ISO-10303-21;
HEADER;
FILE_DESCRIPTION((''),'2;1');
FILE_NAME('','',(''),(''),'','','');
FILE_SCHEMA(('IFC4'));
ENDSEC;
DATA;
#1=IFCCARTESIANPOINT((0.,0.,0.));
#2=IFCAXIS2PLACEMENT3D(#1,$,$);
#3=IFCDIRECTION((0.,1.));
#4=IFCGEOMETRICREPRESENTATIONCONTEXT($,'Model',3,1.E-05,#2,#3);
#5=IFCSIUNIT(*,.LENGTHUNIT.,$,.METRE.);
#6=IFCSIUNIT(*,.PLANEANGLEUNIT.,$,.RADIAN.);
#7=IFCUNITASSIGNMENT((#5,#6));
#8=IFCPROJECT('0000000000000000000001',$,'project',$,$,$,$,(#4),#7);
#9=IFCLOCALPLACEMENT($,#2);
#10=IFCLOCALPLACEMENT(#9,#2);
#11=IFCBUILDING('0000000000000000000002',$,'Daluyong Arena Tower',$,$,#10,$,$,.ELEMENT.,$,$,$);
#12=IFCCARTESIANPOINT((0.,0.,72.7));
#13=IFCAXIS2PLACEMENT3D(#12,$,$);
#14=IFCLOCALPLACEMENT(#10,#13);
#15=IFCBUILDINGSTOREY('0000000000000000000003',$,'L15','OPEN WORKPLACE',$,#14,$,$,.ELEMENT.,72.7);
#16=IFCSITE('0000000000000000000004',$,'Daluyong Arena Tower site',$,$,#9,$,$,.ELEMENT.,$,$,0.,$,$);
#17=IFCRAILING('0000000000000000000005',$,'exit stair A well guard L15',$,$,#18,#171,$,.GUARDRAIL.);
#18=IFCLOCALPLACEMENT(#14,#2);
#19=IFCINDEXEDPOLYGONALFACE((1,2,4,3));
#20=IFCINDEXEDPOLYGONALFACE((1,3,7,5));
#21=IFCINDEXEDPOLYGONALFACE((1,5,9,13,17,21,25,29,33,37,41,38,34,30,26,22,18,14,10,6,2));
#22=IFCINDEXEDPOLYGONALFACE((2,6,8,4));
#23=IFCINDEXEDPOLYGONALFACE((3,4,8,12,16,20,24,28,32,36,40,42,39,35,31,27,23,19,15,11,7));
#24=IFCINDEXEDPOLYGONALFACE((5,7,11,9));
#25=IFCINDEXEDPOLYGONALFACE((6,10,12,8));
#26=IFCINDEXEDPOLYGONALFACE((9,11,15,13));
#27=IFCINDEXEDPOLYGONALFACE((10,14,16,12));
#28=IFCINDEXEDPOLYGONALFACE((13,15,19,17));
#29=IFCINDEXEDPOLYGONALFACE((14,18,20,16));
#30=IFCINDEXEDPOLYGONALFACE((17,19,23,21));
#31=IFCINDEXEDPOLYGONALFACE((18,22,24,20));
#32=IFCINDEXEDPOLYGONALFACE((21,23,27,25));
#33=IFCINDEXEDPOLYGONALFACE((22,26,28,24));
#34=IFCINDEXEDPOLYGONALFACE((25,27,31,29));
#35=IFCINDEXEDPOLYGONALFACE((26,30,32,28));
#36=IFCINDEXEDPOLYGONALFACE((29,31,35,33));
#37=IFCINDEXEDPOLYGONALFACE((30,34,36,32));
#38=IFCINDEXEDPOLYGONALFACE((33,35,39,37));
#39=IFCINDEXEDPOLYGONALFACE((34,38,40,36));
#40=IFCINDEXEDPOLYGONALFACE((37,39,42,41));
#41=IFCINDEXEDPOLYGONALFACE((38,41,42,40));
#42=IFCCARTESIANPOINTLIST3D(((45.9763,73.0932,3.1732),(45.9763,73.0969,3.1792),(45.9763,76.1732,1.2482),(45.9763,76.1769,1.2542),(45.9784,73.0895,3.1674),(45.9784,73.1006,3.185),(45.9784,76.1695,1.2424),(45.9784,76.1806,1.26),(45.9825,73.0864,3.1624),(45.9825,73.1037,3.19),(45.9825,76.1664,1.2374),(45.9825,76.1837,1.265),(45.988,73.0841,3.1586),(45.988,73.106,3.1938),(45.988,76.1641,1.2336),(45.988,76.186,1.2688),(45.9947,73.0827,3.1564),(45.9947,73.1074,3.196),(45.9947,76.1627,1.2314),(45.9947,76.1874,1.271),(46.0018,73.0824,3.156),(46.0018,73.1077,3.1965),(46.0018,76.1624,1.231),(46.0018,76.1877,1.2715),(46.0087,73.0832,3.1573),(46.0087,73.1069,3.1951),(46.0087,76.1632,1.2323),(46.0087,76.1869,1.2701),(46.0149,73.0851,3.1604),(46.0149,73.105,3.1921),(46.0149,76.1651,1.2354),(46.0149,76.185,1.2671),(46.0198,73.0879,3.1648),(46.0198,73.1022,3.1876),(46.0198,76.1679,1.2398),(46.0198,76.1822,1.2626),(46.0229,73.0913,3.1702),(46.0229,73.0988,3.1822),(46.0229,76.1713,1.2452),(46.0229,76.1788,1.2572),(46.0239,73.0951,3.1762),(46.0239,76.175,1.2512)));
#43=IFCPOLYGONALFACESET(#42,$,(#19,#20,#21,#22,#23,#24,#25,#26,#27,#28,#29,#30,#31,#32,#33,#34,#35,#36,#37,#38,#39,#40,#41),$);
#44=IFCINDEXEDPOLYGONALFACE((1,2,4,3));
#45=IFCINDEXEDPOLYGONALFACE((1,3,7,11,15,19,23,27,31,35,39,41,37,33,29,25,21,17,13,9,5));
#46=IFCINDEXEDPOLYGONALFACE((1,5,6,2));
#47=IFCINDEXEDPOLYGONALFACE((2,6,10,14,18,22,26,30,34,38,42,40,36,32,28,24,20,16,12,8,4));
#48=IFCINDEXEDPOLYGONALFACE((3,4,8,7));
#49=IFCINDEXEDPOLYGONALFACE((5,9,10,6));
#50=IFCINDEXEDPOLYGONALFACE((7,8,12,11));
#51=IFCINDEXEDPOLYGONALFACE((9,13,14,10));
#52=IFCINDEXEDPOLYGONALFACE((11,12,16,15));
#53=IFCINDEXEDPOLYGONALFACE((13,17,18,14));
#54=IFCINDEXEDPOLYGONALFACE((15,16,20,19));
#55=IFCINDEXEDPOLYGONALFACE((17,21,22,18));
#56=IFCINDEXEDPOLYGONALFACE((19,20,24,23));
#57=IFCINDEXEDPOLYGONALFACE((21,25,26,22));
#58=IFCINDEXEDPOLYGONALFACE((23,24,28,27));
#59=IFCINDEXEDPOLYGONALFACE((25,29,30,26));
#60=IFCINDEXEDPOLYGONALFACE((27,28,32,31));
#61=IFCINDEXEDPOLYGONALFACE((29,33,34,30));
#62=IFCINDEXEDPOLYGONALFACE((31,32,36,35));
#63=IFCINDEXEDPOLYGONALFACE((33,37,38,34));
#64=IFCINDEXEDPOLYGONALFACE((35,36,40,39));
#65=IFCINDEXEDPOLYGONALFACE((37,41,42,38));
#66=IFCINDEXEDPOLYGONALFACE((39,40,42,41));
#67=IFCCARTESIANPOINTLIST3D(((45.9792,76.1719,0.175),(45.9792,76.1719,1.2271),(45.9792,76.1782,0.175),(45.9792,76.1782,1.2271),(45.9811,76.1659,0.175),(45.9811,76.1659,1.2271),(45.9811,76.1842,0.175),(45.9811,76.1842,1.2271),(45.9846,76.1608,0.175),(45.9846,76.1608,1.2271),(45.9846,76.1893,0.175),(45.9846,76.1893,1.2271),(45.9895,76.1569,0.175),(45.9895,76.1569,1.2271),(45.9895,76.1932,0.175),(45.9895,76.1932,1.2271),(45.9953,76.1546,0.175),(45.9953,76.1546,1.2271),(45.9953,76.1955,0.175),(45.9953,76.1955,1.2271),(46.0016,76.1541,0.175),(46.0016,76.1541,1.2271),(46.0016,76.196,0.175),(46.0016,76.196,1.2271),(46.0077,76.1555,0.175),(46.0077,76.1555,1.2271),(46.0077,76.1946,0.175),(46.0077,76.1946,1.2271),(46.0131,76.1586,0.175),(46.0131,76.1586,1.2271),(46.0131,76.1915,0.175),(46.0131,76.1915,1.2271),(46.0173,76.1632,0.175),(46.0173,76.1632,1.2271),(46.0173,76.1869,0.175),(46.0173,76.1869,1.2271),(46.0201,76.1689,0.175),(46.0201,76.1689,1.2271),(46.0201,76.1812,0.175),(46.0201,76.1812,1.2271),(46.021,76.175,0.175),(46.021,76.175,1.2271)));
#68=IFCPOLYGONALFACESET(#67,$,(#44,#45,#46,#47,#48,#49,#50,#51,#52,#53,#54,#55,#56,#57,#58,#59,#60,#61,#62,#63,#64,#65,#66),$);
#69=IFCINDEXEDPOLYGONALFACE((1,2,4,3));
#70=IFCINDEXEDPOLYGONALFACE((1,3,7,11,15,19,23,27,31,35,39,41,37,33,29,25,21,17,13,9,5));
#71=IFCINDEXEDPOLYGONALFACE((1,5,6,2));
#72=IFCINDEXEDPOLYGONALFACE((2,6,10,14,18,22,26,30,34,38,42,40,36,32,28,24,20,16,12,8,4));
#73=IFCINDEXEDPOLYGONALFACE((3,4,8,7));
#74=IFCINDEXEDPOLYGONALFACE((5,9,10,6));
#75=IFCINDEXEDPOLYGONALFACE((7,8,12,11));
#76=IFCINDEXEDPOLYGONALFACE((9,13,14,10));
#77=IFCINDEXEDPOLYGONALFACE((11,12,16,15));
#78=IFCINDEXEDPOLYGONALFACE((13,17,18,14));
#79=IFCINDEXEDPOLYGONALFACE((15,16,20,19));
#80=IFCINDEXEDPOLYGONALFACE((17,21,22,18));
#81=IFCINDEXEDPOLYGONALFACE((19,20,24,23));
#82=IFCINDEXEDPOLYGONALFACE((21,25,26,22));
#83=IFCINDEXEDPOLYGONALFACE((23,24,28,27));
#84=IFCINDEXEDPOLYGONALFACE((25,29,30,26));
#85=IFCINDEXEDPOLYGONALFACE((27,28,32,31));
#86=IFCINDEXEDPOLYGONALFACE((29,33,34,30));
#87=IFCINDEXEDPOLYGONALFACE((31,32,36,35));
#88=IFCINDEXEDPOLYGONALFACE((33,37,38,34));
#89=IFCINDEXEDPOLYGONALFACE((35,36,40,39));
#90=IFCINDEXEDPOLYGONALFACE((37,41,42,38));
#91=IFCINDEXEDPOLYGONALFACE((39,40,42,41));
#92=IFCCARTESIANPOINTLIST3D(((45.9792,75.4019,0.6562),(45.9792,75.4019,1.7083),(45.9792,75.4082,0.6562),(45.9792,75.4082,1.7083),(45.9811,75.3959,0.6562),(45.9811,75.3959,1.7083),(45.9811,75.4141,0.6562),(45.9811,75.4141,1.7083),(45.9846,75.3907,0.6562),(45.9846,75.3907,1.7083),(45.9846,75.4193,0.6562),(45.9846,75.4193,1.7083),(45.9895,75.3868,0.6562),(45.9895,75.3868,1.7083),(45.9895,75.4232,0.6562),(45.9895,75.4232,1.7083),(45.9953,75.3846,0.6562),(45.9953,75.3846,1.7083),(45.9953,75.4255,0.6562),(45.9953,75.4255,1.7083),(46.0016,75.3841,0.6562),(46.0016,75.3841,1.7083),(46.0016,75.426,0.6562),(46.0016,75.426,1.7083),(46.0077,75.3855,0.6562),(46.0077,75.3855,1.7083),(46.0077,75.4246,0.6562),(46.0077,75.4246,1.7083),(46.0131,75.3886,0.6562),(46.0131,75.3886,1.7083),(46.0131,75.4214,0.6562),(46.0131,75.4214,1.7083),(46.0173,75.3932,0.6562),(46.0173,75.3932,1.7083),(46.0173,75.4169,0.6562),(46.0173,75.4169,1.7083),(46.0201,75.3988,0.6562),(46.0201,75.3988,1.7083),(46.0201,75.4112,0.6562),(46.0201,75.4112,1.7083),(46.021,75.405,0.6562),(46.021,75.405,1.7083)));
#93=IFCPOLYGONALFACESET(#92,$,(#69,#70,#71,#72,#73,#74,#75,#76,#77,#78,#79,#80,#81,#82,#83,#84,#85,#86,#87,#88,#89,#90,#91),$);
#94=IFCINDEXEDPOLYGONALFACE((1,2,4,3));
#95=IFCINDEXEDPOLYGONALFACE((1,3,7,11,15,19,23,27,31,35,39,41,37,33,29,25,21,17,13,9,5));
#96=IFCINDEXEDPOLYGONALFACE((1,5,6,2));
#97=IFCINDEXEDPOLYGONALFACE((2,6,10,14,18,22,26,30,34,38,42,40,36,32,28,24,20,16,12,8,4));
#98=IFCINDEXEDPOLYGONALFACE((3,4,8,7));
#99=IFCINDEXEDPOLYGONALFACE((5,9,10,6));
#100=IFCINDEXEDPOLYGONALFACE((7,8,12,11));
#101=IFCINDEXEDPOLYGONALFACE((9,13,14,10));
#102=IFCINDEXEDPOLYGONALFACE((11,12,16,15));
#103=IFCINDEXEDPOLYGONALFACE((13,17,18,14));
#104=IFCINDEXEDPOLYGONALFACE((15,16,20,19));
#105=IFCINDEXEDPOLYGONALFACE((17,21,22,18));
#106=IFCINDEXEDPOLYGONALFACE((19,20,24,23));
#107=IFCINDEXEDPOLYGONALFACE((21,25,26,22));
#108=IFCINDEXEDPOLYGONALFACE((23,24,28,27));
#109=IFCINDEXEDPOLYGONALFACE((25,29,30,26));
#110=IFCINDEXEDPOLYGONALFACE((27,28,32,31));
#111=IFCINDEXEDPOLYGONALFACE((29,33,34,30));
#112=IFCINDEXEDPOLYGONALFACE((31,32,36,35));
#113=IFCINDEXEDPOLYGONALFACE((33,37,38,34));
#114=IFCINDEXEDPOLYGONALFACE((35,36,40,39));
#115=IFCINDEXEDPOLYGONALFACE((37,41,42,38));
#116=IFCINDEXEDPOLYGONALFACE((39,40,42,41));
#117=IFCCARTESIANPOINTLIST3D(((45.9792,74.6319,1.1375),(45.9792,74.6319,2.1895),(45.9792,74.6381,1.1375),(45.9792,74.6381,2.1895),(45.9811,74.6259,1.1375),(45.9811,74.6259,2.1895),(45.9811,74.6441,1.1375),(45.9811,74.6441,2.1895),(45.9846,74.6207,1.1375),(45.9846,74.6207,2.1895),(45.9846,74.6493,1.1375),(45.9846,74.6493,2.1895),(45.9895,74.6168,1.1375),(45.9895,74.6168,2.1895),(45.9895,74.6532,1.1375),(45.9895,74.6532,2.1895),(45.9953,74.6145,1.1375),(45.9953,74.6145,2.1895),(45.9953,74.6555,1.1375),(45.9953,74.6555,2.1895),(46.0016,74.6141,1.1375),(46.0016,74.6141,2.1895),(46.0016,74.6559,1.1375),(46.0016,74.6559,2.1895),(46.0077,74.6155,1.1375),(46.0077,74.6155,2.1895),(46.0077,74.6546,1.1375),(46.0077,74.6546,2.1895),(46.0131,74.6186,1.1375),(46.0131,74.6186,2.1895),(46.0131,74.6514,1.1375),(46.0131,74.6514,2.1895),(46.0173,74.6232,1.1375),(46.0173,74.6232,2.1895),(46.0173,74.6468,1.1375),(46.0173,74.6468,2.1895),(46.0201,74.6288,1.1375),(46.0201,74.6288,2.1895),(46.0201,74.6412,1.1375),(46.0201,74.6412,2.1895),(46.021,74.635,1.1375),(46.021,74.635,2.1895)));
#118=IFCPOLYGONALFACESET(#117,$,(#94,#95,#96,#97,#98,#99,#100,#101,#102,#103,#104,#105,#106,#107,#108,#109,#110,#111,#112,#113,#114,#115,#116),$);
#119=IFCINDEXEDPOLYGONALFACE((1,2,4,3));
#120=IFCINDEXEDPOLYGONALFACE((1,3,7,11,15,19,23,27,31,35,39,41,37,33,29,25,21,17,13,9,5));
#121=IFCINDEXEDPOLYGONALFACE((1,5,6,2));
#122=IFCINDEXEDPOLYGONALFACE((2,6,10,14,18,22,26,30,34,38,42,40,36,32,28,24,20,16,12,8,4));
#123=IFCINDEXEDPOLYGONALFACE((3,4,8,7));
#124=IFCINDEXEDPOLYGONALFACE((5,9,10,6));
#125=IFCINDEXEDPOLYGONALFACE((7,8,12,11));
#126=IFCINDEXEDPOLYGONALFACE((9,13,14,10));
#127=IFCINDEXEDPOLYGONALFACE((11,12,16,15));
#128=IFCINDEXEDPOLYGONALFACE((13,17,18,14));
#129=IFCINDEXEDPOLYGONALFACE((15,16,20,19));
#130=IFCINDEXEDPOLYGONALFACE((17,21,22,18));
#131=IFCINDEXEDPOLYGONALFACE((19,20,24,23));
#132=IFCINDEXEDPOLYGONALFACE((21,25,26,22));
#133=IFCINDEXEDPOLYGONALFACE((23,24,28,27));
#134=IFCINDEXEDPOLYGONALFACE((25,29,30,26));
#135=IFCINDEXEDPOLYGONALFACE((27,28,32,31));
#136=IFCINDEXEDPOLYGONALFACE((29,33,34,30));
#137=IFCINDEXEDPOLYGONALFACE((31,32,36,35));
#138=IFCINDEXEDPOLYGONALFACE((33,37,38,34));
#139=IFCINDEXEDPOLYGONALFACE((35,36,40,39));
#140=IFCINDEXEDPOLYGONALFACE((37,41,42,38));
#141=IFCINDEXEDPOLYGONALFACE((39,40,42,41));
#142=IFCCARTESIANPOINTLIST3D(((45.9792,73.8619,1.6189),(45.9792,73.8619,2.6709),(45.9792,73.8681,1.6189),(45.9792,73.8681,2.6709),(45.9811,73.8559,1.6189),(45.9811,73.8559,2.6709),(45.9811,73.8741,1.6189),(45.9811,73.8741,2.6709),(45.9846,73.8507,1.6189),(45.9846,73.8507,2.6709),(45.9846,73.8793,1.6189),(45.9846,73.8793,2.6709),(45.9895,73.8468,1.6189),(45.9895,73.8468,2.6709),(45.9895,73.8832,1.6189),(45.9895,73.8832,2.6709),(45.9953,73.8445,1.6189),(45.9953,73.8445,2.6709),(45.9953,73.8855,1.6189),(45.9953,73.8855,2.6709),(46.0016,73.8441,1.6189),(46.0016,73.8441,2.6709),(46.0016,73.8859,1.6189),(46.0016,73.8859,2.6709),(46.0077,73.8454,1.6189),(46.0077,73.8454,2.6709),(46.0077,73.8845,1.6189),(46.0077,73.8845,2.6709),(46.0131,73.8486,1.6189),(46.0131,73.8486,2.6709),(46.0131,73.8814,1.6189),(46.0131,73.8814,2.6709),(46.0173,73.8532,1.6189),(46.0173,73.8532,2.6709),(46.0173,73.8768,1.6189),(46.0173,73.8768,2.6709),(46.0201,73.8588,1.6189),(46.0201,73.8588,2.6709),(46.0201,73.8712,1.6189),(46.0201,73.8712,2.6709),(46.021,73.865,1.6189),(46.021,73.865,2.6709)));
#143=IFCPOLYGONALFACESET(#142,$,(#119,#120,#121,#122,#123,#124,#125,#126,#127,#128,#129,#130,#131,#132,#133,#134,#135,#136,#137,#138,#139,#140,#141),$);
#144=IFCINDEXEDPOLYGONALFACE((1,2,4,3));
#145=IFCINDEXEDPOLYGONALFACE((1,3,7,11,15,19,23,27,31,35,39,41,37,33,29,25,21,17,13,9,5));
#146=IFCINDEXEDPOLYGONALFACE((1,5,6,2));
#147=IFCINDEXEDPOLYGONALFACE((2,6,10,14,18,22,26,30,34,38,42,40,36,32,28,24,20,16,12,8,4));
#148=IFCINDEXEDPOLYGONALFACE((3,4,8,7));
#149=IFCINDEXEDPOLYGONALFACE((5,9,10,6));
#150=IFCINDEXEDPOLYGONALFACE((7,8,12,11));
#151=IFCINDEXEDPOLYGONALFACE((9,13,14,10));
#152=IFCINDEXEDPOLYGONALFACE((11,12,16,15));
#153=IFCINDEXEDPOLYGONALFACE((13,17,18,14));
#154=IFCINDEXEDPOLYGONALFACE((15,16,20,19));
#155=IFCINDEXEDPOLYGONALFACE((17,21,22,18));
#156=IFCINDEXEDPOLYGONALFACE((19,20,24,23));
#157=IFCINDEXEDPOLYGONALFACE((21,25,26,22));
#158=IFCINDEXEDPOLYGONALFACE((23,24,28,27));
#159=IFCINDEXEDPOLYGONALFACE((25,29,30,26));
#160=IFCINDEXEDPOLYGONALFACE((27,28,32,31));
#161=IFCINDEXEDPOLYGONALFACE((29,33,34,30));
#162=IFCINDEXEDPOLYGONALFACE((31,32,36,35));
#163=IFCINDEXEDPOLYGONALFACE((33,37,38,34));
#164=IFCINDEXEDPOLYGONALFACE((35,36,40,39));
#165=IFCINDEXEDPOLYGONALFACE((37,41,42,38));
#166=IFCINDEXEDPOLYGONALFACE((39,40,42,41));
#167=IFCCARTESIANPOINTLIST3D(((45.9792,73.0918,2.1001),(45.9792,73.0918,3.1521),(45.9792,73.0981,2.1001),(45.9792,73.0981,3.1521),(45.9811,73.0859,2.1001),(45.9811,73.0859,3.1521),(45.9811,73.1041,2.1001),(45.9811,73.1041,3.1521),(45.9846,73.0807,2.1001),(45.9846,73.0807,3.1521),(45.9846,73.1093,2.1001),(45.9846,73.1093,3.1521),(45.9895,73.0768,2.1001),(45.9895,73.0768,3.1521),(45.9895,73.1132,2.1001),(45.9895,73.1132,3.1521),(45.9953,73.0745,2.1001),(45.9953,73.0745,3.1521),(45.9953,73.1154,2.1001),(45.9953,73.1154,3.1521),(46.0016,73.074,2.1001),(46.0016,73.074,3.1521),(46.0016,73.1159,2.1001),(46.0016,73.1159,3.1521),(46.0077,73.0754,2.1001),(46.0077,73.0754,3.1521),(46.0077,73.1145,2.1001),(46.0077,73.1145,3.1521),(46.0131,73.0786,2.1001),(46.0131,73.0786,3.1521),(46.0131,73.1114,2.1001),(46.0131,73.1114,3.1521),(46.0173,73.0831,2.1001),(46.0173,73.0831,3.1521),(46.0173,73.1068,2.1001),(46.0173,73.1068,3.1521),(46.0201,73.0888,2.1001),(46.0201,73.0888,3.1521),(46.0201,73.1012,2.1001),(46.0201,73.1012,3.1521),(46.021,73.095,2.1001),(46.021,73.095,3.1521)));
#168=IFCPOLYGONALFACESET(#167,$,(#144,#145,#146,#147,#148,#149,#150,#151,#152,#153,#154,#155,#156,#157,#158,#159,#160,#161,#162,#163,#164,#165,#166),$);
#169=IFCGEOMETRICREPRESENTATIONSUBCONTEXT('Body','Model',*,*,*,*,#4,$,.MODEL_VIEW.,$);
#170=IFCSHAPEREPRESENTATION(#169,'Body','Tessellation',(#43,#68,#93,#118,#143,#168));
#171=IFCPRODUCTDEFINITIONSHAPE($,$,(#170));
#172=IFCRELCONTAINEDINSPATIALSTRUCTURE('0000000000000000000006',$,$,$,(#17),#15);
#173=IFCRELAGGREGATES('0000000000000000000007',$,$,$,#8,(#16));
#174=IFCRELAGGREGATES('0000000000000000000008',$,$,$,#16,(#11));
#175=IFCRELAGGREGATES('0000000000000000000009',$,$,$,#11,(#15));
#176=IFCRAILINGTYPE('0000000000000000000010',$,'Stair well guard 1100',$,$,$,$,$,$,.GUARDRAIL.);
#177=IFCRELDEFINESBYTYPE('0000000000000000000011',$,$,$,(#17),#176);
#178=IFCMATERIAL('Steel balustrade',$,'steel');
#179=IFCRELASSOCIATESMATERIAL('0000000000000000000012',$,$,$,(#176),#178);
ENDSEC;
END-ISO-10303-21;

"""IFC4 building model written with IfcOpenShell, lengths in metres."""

from ifc_helpers import new_model, si_unit, direction, frame, origin, origin_2d, place, context, subcontext, project, spatial, circle, extrude, material, type_object, element, save


model = new_model("IFC4")

# Units and contexts
model_context = context("Model", 3, precision=1e-05, world=origin(), true_north=direction((0.0, 1.0)))
body_context = subcontext(model_context, "Body", "Model", "MODEL_VIEW")
ifc_project = project(units=[si_unit("LENGTHUNIT", "METRE"), si_unit("PLANEANGLEUNIT", "RADIAN")], contexts=[model_context])

# Site, building, storey
site_placement = place(None, origin())
site = spatial("IfcSite", under=ifc_project, at=site_placement, Name="Daluyong Arena Tower site", CompositionType="ELEMENT", RefElevation=0.0)
building_placement = place(site_placement, origin())
building = spatial("IfcBuilding", under=site, at=building_placement, Name="Daluyong Arena Tower", CompositionType="ELEMENT")
storey_placement = place(building_placement, frame((0.0, 0.0, 72.7)))
storey = spatial("IfcBuildingStorey", under=building, at=storey_placement, Name="L15", Description="OPEN WORKPLACE", CompositionType="ELEMENT", Elevation=72.7)

# Railing
ifc_material_1 = material(Name="Steel balustrade", Category="steel")
railing_type_1 = type_object("IfcRailingType", Name="Stair well guard 1100", PredefinedType="GUARDRAIL", material=ifc_material_1)
railing_1_placement = place(storey_placement, frame((46.0, 76.175, 0.175)))
element("IfcRailing", 1, at=railing_1_placement, inside=storey, type_object=railing_type_1, Name="exit stair A well guard L15", PredefinedType="GUARDRAIL", context=body_context, shape_type="SweptSolid", body=[
    extrude(circle(Radius=0.0239, at=origin_2d()), frame((0.0, 0.0, 1.0762), z_axis=(0.0, -0.847998, 0.529999), x_axis=(1.0, 0.0, 0.0)), (0.0, 0.0, 1.0), 3.6321),
    extrude(circle(Radius=0.021, at=origin_2d()), origin(), (0.0, 0.0, 1.0), 1.052),
    extrude(circle(Radius=0.021, at=origin_2d()), frame((0.0, -0.77, 0.4812)), (0.0, 0.0, 1.0), 1.052),
    extrude(circle(Radius=0.021, at=origin_2d()), frame((0.0, -1.54, 0.9624)), (0.0, 0.0, 1.0), 1.052),
    extrude(circle(Radius=0.021, at=origin_2d()), frame((0.0, -2.3101, 1.4438)), (0.0, 0.0, 1.0), 1.052),
    extrude(circle(Radius=0.021, at=origin_2d()), frame((0.0, -3.0801, 1.925)), (0.0, 0.0, 1.0), 1.052),
])

save(model, "model.ifc")
